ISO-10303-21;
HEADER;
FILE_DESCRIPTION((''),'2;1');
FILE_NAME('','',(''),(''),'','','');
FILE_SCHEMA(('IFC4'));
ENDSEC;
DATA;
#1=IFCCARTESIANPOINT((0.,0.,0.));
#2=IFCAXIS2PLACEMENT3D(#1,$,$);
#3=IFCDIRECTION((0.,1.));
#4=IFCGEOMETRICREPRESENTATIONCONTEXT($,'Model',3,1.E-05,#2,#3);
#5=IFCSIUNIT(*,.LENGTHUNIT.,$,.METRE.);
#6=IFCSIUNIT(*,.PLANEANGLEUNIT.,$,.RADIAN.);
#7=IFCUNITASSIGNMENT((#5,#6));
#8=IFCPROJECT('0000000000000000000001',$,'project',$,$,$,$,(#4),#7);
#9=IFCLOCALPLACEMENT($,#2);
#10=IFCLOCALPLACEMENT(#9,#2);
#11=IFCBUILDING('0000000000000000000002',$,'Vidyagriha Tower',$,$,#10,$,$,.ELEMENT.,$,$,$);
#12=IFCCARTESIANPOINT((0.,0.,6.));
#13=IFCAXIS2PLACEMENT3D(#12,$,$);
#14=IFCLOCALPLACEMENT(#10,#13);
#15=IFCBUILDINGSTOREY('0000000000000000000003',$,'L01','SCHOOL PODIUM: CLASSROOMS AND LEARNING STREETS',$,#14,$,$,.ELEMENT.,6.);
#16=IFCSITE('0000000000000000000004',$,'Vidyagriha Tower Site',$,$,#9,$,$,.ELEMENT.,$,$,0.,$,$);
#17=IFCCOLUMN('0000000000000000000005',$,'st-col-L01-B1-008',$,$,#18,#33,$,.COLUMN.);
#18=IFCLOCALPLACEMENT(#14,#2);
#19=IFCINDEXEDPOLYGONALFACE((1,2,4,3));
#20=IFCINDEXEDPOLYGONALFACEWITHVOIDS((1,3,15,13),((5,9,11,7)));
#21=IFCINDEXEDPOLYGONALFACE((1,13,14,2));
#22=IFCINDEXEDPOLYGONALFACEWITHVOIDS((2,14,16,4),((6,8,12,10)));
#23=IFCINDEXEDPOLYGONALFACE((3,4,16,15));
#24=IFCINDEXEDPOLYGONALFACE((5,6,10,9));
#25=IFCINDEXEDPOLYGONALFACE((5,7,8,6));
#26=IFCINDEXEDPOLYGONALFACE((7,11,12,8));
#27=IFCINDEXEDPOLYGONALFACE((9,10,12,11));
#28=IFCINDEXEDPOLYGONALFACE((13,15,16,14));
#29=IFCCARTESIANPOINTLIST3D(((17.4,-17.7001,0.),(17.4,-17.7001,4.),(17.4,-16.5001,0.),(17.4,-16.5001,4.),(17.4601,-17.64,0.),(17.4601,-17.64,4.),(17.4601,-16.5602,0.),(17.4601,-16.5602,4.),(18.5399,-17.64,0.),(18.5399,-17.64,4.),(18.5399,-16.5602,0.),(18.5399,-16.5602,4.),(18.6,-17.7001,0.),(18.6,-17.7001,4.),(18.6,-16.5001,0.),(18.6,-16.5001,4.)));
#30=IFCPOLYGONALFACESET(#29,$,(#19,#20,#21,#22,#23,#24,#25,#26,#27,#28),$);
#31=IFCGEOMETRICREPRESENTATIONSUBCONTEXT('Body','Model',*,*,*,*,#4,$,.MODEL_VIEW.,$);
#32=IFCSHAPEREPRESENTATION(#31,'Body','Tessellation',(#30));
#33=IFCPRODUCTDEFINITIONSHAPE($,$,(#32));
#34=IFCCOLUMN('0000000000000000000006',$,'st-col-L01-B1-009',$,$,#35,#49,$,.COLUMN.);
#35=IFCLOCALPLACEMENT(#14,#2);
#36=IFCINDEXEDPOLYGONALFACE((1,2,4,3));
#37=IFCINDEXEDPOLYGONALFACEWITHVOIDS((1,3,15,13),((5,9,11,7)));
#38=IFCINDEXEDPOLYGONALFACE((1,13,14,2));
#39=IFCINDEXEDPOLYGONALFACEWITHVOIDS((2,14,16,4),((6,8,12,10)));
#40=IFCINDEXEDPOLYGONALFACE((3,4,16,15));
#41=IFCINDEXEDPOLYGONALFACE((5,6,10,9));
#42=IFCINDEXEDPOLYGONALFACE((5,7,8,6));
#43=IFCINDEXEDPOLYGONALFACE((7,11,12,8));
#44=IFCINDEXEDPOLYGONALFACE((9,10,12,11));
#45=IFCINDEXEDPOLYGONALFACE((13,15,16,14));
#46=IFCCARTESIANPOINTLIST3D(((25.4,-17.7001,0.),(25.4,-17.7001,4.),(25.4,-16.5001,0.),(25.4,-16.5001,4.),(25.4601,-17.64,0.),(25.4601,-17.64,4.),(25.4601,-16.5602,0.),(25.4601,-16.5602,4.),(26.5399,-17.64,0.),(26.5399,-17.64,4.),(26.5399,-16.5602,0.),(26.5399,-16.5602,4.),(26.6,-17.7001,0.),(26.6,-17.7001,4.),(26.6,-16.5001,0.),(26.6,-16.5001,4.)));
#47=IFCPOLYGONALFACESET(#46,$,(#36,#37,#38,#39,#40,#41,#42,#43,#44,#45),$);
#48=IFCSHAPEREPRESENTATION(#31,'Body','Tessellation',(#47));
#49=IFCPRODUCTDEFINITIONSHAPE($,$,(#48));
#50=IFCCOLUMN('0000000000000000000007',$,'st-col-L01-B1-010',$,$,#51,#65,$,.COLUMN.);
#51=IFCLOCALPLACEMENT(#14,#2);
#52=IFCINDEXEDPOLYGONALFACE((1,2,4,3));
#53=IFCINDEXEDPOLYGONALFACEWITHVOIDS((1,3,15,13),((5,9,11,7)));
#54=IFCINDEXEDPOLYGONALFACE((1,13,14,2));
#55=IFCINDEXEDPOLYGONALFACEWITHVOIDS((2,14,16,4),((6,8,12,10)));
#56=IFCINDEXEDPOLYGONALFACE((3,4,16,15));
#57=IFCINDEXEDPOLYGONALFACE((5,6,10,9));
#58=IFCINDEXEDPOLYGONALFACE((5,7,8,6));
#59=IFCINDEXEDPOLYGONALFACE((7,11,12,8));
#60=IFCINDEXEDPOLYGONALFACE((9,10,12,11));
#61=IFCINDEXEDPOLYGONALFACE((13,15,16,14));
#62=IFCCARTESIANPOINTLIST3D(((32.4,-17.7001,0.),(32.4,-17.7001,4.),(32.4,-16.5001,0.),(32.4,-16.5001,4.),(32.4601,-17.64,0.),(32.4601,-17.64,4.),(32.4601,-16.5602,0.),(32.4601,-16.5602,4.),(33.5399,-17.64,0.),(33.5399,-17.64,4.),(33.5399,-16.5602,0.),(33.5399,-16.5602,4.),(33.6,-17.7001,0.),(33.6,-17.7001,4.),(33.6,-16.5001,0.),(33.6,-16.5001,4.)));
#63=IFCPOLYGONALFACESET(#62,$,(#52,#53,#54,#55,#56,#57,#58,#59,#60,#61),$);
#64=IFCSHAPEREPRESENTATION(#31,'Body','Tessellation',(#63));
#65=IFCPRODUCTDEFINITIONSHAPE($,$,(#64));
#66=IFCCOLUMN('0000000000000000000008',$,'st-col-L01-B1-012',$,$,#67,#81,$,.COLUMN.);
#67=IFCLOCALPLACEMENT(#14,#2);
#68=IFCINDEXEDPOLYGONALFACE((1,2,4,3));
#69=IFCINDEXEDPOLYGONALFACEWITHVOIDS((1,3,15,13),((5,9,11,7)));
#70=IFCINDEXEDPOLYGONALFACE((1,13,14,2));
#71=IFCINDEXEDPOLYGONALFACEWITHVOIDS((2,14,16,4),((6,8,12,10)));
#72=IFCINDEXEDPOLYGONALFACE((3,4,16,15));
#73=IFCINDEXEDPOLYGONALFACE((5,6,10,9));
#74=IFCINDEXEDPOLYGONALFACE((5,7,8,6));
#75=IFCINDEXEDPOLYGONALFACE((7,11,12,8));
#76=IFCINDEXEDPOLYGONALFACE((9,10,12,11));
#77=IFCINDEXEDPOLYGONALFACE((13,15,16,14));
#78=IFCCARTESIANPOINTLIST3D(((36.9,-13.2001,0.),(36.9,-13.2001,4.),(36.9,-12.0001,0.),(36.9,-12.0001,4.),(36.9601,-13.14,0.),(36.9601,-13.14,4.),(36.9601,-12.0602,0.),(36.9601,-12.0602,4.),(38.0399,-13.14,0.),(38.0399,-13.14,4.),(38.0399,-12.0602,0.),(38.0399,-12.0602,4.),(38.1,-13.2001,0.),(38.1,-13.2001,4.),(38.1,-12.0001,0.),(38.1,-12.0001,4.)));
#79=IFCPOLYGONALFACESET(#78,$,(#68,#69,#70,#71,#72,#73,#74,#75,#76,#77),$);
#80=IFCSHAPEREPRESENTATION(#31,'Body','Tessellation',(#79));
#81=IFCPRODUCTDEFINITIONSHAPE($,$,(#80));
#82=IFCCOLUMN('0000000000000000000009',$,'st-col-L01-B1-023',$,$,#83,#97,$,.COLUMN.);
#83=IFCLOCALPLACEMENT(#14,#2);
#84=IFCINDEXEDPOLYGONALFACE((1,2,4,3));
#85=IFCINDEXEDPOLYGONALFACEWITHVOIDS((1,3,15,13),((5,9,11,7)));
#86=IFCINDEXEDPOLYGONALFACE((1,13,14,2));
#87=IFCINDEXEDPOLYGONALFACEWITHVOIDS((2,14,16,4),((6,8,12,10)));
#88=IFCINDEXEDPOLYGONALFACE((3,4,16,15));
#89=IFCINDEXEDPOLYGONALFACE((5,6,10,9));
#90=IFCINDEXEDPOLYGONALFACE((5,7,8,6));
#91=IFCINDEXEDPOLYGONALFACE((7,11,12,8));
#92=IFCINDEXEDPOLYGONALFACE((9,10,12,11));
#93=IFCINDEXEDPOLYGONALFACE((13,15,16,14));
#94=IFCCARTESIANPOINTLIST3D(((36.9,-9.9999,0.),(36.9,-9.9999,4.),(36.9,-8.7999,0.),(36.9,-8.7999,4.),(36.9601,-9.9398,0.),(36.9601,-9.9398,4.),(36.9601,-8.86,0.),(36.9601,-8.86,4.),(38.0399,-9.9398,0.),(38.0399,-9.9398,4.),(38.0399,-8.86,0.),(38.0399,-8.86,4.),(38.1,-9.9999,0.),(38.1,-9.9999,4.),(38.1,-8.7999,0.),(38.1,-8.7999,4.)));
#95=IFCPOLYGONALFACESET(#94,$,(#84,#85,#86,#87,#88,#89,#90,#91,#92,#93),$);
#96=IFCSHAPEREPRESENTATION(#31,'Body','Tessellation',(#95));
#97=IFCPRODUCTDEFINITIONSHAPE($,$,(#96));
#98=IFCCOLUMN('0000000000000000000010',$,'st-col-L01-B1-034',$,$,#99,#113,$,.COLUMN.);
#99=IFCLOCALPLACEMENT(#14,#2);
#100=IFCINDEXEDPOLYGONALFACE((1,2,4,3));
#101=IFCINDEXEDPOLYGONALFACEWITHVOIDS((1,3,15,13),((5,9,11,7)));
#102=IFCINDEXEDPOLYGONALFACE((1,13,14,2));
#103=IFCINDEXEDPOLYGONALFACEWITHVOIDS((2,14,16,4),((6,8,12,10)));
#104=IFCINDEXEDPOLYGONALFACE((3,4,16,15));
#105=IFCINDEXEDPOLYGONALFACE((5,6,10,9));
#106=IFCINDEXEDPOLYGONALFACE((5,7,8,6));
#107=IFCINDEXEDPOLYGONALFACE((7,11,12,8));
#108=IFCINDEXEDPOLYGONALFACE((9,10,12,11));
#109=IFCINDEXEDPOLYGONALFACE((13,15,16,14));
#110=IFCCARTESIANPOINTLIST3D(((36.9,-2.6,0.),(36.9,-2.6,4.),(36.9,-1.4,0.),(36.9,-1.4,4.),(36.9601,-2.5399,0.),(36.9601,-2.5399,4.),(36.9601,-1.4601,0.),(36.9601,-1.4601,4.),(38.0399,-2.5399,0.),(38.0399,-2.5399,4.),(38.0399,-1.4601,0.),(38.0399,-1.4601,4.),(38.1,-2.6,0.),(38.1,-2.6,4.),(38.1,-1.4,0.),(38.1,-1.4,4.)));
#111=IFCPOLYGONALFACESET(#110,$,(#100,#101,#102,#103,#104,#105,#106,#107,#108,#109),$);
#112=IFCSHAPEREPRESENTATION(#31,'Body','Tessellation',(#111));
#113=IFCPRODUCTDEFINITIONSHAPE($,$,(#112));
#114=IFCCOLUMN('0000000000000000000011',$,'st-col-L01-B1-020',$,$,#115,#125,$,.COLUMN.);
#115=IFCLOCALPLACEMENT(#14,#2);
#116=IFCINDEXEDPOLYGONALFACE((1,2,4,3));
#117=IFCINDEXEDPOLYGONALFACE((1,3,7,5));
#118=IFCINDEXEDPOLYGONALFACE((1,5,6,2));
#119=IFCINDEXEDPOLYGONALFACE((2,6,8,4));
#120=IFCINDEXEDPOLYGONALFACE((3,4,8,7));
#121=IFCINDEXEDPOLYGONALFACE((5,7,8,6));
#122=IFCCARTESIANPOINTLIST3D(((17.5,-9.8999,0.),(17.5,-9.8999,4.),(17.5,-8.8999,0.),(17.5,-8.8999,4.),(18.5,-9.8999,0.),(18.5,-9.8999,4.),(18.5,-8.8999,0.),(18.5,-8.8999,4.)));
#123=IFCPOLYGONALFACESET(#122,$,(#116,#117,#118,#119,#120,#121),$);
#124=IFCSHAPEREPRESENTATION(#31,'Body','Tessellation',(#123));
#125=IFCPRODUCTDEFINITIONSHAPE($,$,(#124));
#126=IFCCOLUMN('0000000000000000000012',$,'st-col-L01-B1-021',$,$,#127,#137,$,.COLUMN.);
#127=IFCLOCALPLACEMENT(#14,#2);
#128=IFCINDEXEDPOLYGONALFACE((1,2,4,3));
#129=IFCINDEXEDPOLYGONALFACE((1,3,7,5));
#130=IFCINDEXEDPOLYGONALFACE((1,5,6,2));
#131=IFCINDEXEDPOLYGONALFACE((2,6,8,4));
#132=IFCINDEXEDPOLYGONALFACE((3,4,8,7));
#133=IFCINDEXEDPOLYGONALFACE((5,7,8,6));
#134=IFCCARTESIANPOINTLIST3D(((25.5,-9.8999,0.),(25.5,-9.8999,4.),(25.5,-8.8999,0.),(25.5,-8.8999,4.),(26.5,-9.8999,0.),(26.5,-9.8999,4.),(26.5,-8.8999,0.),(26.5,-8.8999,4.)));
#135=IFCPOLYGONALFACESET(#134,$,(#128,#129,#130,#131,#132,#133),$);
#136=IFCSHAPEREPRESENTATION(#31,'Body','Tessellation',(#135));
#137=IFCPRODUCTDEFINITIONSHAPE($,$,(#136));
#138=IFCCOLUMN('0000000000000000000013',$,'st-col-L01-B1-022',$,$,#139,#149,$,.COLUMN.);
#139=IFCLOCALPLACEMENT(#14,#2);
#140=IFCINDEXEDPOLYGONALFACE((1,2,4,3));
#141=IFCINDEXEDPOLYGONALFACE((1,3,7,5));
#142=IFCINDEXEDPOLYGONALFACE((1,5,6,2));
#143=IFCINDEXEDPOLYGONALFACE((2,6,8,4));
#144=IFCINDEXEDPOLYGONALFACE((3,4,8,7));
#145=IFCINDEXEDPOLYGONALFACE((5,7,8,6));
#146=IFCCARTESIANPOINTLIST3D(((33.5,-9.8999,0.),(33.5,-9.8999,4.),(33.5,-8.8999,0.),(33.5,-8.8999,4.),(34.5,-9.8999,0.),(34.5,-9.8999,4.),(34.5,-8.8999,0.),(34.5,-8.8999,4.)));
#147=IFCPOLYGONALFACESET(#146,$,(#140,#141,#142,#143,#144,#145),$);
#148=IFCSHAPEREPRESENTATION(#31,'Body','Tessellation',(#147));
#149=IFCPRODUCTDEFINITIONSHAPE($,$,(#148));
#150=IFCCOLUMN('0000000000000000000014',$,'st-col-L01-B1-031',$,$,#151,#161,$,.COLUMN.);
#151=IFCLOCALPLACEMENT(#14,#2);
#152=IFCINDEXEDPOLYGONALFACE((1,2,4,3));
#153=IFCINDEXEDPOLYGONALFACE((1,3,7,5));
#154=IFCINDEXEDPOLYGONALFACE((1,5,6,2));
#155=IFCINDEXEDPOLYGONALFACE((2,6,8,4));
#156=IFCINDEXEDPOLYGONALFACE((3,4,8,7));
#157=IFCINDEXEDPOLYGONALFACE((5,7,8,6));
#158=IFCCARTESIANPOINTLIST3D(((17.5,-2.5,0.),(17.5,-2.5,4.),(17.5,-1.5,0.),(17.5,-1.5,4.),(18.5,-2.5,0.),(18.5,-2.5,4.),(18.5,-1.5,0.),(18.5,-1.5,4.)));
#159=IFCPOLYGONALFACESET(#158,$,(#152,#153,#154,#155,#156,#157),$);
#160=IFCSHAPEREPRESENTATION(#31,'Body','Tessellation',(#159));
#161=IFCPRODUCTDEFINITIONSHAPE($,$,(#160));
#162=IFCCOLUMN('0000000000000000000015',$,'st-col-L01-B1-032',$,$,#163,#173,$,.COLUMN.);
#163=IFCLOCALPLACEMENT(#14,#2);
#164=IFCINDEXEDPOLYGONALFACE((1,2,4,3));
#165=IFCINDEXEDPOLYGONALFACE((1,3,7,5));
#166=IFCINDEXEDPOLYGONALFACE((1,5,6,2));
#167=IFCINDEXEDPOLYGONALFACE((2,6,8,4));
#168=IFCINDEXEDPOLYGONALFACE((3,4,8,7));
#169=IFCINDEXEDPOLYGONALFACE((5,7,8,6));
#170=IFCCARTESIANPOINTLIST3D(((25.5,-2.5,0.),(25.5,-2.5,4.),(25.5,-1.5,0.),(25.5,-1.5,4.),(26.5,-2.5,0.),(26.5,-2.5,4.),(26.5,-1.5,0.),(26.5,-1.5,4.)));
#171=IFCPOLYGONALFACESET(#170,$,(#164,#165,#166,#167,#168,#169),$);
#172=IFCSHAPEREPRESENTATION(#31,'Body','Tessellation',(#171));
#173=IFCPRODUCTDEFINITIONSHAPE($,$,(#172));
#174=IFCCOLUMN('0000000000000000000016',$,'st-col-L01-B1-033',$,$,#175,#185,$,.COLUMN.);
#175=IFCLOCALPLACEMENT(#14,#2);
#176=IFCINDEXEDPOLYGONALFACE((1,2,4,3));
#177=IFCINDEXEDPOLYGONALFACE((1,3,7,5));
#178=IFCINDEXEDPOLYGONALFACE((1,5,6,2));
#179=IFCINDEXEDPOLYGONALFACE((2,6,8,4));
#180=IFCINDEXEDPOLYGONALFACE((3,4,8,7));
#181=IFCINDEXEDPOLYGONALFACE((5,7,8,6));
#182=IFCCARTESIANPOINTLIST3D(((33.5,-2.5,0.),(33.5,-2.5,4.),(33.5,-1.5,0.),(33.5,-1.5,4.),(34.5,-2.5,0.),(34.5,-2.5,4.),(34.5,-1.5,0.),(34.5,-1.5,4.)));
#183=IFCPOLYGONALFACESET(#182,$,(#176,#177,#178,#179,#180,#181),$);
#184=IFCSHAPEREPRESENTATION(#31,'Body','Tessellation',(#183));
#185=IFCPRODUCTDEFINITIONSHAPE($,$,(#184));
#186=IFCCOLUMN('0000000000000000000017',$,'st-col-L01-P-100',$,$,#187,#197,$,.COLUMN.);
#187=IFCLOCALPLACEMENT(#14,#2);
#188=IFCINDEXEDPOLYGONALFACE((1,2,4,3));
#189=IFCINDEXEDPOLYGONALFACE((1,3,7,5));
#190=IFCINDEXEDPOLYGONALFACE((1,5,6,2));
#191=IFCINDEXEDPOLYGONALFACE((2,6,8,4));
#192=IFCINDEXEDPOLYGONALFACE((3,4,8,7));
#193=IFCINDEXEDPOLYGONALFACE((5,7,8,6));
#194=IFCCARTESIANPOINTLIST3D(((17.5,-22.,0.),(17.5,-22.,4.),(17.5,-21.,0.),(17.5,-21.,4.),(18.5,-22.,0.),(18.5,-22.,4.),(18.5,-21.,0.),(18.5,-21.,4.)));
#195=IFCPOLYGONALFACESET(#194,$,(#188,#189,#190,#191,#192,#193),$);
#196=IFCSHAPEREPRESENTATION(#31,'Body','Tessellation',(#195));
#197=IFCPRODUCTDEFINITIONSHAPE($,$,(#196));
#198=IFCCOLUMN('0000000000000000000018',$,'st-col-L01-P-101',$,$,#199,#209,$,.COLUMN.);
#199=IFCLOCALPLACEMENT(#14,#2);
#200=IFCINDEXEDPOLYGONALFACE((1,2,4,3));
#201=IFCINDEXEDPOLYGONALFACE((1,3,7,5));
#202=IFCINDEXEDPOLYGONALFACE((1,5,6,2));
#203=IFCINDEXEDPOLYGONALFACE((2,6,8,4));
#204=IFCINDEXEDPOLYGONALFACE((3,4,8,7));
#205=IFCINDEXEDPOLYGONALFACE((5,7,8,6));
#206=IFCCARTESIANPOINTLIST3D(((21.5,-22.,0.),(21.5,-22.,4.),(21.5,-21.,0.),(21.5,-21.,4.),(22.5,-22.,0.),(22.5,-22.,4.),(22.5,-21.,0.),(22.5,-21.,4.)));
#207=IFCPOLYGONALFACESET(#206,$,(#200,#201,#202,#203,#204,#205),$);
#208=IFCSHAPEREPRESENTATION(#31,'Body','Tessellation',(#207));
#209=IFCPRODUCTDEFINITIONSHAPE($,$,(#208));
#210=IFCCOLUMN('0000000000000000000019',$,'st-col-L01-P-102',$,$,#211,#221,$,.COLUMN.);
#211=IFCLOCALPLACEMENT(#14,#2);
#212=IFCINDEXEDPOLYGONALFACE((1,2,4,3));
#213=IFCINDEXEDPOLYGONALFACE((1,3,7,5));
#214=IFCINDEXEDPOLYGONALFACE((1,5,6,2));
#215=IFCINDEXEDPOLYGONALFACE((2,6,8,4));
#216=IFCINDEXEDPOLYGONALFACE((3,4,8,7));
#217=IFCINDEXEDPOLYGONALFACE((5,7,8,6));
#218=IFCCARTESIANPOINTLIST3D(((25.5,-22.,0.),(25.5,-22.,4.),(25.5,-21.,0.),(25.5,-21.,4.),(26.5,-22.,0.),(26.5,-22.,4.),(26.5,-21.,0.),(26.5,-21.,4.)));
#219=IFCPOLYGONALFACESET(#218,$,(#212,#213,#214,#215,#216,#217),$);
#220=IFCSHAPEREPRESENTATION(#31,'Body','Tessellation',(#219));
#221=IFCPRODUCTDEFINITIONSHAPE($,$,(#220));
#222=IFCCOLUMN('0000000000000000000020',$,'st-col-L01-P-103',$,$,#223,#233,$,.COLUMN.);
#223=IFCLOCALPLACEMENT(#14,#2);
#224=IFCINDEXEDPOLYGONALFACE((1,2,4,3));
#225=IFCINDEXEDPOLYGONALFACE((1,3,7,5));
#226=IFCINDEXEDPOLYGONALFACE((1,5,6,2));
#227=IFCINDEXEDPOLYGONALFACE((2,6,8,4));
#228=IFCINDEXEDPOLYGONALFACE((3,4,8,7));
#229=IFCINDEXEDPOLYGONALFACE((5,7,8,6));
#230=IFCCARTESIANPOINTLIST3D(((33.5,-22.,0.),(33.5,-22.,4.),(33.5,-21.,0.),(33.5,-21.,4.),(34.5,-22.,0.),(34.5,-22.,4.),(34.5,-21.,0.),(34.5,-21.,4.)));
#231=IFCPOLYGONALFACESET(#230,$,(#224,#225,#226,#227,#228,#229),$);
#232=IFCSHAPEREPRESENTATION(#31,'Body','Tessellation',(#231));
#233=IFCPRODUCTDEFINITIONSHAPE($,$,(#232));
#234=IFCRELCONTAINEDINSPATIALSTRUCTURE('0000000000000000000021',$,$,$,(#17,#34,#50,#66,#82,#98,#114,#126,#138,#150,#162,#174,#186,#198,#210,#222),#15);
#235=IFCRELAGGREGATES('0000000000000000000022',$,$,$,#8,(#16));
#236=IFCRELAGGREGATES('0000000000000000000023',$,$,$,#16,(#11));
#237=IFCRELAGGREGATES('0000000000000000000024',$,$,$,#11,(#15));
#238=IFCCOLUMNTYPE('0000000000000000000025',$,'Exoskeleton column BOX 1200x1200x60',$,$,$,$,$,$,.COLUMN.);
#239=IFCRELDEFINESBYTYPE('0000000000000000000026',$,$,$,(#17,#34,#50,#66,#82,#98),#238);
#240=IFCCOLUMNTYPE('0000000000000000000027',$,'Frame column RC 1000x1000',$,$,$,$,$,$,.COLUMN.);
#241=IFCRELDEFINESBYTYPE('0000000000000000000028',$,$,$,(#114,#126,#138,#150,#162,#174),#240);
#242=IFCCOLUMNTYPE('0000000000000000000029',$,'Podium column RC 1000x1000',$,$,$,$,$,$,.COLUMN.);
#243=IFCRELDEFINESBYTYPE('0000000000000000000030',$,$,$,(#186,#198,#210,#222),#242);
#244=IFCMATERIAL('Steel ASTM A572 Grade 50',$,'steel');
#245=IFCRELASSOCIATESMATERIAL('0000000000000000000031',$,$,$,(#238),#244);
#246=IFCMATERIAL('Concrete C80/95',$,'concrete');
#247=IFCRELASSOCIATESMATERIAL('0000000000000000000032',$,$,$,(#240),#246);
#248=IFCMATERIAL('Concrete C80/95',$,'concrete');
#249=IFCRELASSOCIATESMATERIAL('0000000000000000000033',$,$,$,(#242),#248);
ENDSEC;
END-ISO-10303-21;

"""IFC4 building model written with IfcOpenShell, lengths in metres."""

from ifc_helpers import new_model, si_unit, direction, frame, origin, origin_2d, place, context, subcontext, project, spatial, rectangle, hollow_rectangle, extrude, material, material_profile, profile_set, type_object, element, save


model = new_model("IFC4")

# Units and contexts
model_context = context("Model", 3, precision=1e-05, world=origin(), true_north=direction((0.0, 1.0)))
body_context = subcontext(model_context, "Body", "Model", "MODEL_VIEW")
ifc_project = project(units=[si_unit("LENGTHUNIT", "METRE"), si_unit("PLANEANGLEUNIT", "RADIAN")], contexts=[model_context])

# Site, building, storey
site_placement = place(None, origin())
site = spatial("IfcSite", under=ifc_project, at=site_placement, Name="Vidyagriha Tower Site", CompositionType="ELEMENT", RefElevation=0.0)
building_placement = place(site_placement, origin())
building = spatial("IfcBuilding", under=site, at=building_placement, Name="Vidyagriha Tower", CompositionType="ELEMENT")
storey_placement = place(building_placement, frame((0.0, 0.0, 6.0)))
storey = spatial("IfcBuildingStorey", under=building, at=storey_placement, Name="L01", Description="SCHOOL PODIUM: CLASSROOMS AND LEARNING STREETS", CompositionType="ELEMENT", Elevation=6.0)

# Columns
ifc_material_1 = material(Name="Steel ASTM A572 Grade 50", Category="steel")
ifc_material_profile_1 = material_profile(ifc_material_1, hollow_rectangle(XDim=1.2, YDim=1.2, WallThickness=0.0601, at=origin_2d()), Name="BOX 1200x1200x60")
ifc_profile_set_1 = profile_set([ifc_material_profile_1], Name="Steel ASTM A572 Grade 50")
column_type_1 = type_object("IfcColumnType", Name="Exoskeleton column BOX 1200x1200x60", PredefinedType="COLUMN", material=ifc_profile_set_1)
for number, where, name in (
    (1, (18.0, -17.1001, 0.0), "st-col-L01-B1-008"),
    (2, (26.0, -17.1001, 0.0), "st-col-L01-B1-009"),
    (3, (33.0, -17.1001, 0.0), "st-col-L01-B1-010"),
    (4, (37.5, -12.6001, 0.0), "st-col-L01-B1-012"),
    (5, (37.5, -9.3999, 0.0), "st-col-L01-B1-023"),
    (6, (37.5, -2.0, 0.0), "st-col-L01-B1-034"),
):
    element("IfcColumn", number, at=place(storey_placement, frame(where)), inside=storey, type_object=column_type_1, Name=name, PredefinedType="COLUMN", context=body_context, shape_type="SweptSolid", body=[
        extrude(hollow_rectangle(XDim=1.2, YDim=1.2, WallThickness=0.0601, at=origin_2d()), origin(), (0.0, 0.0, 1.0), 4.0),
    ])
ifc_material_2 = material(Name="Concrete C80/95", Category="concrete")
ifc_material_profile_2 = material_profile(ifc_material_2, rectangle(XDim=1.0, YDim=1.0, at=origin_2d()), Name="RC 1000x1000")
ifc_profile_set_2 = profile_set([ifc_material_profile_2], Name="Concrete C80/95")
column_type_2 = type_object("IfcColumnType", Name="Frame column RC 1000x1000", PredefinedType="COLUMN", material=ifc_profile_set_2)
for number, where, name in (
    (7, (18.0, -9.3999, 0.0), "st-col-L01-B1-020"),
    (8, (26.0, -9.3999, 0.0), "st-col-L01-B1-021"),
    (9, (34.0, -9.3999, 0.0), "st-col-L01-B1-022"),
    (10, (18.0, -2.0, 0.0), "st-col-L01-B1-031"),
    (11, (26.0, -2.0, 0.0), "st-col-L01-B1-032"),
    (12, (34.0, -2.0, 0.0), "st-col-L01-B1-033"),
):
    element("IfcColumn", number, at=place(storey_placement, frame(where)), inside=storey, type_object=column_type_2, Name=name, PredefinedType="COLUMN", context=body_context, shape_type="SweptSolid", body=[
        extrude(rectangle(XDim=1.0, YDim=1.0, at=origin_2d()), origin(), (0.0, 0.0, 1.0), 4.0),
    ])
ifc_material_3 = material(Name="Concrete C80/95", Category="concrete")
ifc_material_profile_3 = material_profile(ifc_material_3, rectangle(XDim=1.0, YDim=1.0, at=origin_2d()), Name="RC 1000x1000")
ifc_profile_set_3 = profile_set([ifc_material_profile_3], Name="Concrete C80/95")
column_type_3 = type_object("IfcColumnType", Name="Podium column RC 1000x1000", PredefinedType="COLUMN", material=ifc_profile_set_3)
for number, where, name in (
    (13, (18.0, -21.5, 0.0), "st-col-L01-P-100"),
    (14, (22.0, -21.5, 0.0), "st-col-L01-P-101"),
    (15, (26.0, -21.5, 0.0), "st-col-L01-P-102"),
    (16, (34.0, -21.5, 0.0), "st-col-L01-P-103"),
):
    element("IfcColumn", number, at=place(storey_placement, frame(where)), inside=storey, type_object=column_type_3, Name=name, PredefinedType="COLUMN", context=body_context, shape_type="SweptSolid", body=[
        extrude(rectangle(XDim=1.0, YDim=1.0, at=origin_2d()), origin(), (0.0, 0.0, 1.0), 4.0),
    ])

save(model, "model.ifc")
